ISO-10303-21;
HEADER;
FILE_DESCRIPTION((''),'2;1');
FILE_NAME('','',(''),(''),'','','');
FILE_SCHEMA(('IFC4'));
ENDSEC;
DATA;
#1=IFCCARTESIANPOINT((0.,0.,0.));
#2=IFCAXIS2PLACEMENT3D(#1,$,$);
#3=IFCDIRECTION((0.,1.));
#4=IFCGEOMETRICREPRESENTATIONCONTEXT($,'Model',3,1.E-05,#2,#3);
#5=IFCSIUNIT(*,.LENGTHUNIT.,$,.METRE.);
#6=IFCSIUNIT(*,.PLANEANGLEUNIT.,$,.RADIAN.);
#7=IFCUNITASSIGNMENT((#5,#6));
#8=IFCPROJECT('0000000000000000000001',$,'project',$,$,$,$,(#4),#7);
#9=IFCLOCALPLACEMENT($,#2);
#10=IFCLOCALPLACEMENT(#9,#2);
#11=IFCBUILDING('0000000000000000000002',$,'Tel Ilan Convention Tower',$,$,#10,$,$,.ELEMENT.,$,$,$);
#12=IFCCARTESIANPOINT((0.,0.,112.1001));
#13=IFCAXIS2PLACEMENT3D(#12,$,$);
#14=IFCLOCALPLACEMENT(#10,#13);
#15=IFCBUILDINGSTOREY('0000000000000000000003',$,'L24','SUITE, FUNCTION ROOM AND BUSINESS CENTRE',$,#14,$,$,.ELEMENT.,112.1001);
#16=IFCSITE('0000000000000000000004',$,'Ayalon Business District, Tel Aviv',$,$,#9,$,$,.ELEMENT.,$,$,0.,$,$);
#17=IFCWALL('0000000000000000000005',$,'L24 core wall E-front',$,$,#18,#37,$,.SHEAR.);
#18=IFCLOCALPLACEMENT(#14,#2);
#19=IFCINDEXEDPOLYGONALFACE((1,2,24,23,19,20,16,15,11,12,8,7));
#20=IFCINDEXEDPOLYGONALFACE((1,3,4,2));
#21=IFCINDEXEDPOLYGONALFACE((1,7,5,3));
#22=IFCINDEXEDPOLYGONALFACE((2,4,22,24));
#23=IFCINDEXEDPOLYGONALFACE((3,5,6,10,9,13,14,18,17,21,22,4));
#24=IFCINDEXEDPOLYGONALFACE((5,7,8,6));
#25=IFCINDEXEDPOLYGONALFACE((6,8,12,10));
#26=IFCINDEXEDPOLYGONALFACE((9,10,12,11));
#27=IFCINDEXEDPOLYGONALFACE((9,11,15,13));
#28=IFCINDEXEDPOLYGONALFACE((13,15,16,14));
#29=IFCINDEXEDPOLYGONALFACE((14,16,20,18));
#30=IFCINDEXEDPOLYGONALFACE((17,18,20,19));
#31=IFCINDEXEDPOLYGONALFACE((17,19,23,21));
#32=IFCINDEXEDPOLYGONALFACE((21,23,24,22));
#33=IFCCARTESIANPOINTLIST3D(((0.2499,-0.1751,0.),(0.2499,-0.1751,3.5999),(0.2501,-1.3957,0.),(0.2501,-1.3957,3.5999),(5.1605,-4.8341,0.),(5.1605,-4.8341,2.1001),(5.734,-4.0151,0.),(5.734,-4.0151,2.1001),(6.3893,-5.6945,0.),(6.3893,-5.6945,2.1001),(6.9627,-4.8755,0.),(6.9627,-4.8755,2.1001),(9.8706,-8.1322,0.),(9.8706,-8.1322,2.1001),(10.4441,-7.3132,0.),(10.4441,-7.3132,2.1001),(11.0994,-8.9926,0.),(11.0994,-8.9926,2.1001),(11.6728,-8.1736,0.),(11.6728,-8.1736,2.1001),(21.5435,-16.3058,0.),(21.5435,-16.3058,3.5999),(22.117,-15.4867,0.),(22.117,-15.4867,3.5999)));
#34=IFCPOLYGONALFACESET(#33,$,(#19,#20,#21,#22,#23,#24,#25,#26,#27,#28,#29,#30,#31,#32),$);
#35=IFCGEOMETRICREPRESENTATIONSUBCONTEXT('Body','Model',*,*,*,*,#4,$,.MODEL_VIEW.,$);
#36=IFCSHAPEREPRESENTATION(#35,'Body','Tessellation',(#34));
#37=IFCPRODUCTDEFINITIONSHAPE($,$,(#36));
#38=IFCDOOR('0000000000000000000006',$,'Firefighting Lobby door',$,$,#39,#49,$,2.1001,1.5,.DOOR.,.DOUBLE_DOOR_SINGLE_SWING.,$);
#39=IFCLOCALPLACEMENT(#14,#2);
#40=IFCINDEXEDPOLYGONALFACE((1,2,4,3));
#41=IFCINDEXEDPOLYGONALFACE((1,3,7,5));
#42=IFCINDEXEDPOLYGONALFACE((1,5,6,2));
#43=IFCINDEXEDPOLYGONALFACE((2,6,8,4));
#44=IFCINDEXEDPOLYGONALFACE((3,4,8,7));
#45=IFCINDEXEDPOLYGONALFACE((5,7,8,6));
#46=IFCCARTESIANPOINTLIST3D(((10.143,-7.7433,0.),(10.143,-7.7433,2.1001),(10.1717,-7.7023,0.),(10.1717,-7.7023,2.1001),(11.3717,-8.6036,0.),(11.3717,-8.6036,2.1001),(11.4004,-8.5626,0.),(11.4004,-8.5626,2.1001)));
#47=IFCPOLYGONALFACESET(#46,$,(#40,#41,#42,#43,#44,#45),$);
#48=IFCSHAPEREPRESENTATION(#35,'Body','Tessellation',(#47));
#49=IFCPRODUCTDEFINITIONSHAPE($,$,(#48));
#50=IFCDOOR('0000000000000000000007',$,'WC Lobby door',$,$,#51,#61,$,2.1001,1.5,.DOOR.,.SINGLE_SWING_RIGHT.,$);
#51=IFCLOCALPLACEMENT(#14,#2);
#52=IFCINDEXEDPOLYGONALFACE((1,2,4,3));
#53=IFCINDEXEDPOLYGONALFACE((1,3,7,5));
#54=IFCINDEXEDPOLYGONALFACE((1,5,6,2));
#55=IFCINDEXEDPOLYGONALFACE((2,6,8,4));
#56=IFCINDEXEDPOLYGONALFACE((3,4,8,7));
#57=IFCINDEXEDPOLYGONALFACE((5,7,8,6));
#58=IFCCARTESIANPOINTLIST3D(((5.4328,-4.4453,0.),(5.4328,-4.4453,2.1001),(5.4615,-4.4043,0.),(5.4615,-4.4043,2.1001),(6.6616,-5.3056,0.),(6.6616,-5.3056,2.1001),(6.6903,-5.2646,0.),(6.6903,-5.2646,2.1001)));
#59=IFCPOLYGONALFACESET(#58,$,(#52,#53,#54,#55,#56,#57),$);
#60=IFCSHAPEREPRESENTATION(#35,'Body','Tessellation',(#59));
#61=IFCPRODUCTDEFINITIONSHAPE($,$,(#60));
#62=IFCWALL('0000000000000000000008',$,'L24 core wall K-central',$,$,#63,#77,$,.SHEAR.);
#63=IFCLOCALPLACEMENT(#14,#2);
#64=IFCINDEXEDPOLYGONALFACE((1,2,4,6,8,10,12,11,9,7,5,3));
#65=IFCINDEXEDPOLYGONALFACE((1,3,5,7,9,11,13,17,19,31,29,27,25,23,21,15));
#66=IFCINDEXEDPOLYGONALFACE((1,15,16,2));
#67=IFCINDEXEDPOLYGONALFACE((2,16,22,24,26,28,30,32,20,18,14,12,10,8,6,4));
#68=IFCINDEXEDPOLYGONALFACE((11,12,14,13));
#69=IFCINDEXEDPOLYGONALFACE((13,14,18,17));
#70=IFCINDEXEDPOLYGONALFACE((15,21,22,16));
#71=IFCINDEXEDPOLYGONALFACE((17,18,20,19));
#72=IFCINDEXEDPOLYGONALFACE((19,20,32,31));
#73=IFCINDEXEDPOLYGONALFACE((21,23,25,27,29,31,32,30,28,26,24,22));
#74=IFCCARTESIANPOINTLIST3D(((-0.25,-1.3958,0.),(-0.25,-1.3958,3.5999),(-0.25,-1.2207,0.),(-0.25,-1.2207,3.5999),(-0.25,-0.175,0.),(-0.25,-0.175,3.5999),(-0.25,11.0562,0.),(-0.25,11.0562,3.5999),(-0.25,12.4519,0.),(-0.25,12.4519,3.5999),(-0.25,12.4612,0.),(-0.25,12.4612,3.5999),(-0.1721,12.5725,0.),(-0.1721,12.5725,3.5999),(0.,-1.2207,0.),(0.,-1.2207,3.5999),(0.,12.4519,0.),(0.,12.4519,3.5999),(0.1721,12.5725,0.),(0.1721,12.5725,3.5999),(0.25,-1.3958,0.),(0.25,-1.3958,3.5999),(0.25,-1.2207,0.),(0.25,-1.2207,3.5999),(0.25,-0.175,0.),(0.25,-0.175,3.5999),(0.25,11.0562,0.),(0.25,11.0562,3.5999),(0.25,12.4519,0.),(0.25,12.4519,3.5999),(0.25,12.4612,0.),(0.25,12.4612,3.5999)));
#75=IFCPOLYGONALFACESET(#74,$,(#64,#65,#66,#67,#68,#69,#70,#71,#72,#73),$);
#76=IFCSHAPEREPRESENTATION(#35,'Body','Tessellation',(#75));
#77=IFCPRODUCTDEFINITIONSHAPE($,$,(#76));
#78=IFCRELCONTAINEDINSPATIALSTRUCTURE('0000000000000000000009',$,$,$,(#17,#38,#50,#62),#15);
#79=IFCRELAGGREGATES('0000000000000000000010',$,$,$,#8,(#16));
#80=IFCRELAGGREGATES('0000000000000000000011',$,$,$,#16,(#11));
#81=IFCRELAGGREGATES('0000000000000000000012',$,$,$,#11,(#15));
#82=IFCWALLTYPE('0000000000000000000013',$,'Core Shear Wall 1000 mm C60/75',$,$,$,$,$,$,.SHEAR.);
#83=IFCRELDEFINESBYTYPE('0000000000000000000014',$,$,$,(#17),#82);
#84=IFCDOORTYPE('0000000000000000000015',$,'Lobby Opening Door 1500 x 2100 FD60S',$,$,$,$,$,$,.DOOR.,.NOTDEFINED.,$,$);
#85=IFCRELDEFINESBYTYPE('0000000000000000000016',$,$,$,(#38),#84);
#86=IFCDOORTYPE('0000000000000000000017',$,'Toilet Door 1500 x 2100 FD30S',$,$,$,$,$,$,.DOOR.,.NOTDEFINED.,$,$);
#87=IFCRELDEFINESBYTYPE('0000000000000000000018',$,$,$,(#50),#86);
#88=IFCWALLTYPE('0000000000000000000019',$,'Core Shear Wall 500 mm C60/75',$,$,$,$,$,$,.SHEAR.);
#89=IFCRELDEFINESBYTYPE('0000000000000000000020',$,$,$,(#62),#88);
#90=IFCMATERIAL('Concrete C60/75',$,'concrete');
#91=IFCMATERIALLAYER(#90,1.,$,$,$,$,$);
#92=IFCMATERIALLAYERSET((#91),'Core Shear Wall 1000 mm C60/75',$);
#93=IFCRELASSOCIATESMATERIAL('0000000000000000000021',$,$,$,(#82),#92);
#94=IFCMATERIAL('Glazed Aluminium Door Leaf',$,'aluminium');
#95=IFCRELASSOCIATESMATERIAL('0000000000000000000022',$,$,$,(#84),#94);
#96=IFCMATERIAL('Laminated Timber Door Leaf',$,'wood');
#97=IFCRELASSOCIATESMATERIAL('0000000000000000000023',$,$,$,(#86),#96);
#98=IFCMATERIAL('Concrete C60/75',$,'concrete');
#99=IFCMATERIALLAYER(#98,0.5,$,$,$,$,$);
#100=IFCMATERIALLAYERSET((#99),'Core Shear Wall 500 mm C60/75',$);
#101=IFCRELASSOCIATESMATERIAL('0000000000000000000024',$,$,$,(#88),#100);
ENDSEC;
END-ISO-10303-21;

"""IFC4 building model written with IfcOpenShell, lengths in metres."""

from ifc_helpers import new_model, si_unit, direction, frame, frame_2d, origin, place, context, subcontext, project, spatial, polyline, rectangle, outline, extrude, material, layer, layer_set, type_object, element, fill, save


model = new_model("IFC4")

# Units and contexts
model_context = context("Model", 3, precision=1e-05, world=origin(), true_north=direction((0.0, 1.0)))
body_context = subcontext(model_context, "Body", "Model", "MODEL_VIEW")
ifc_project = project(units=[si_unit("LENGTHUNIT", "METRE"), si_unit("PLANEANGLEUNIT", "RADIAN")], contexts=[model_context])

# Site, building, storey
site_placement = place(None, origin())
site = spatial("IfcSite", under=ifc_project, at=site_placement, Name="Ayalon Business District, Tel Aviv", CompositionType="ELEMENT", RefElevation=0.0)
building_placement = place(site_placement, origin())
building = spatial("IfcBuilding", under=site, at=building_placement, Name="Tel Ilan Convention Tower", CompositionType="ELEMENT")
storey_placement = place(building_placement, frame((0.0, 0.0, 112.1001)))
storey = spatial("IfcBuildingStorey", under=building, at=storey_placement, Name="L24", Description="SUITE, FUNCTION ROOM AND BUSINESS CENTRE", CompositionType="ELEMENT", Elevation=112.1001)

# Wall, openings, doors
ifc_material_1 = material(Name="Concrete C60/75", Category="concrete")
ifc_layer_1 = layer(ifc_material_1, 1.0)
ifc_layer_set_1 = layer_set([ifc_layer_1], Name="Core Shear Wall 1000 mm C60/75")
wall_type_1 = type_object("IfcWallType", Name="Core Shear Wall 1000 mm C60/75", PredefinedType="SHEAR", material=ifc_layer_set_1)
wall_1_placement = place(storey_placement, frame((-0.0369, -0.5847, 0.0), z_axis=(0.0, 0.0, 1.0), x_axis=(0.819157, -0.573569, 0.0)))
wall_1 = element("IfcWall", 1, at=wall_1_placement, inside=storey, type_object=wall_type_1, Name="L24 core wall E-front", PredefinedType="SHEAR", context=body_context, shape_type="SweptSolid", body=[
    extrude(outline(polyline([(26.6948, 0.4998), (0.0, 0.5), (0.7002, -0.4998), (26.6948, -0.5002), (26.6948, 0.4998)])), origin(), (0.0, 0.0, 1.0), 3.5999),
])
opening_1_placement = place(wall_1_placement, frame((6.6948, 0.0, 0.0)))
opening_1 = element("IfcOpeningElement", 2, at=opening_1_placement, cuts=wall_1, PredefinedType="OPENING", context=body_context, shape_type="SweptSolid", body=[
    extrude(rectangle(XDim=1.5, YDim=2.1001, at=frame_2d((0.75, 1.05))), frame((0.0, 0.51, 0.0), z_axis=(0.0, -1.0, 0.0), x_axis=(1.0, 0.0, 0.0)), (0.0, 0.0, 1.0), 1.02),
])
opening_2_placement = place(wall_1_placement, frame((12.4448, 0.0, 0.0)))
opening_2 = element("IfcOpeningElement", 3, at=opening_2_placement, cuts=wall_1, PredefinedType="OPENING", context=body_context, shape_type="SweptSolid", body=[
    extrude(rectangle(XDim=1.5, YDim=2.1001, at=frame_2d((0.75, 1.05))), frame((0.0, 0.51, 0.0), z_axis=(0.0, -1.0, 0.0), x_axis=(1.0, 0.0, 0.0)), (0.0, 0.0, 1.0), 1.02),
])
ifc_material_2 = material(Name="Glazed Aluminium Door Leaf", Category="aluminium")
door_type_1 = type_object("IfcDoorType", Name="Lobby Opening Door 1500 x 2100 FD60S", OperationType="NOTDEFINED", PredefinedType="DOOR", material=ifc_material_2)
door_1_placement = place(opening_2_placement, origin())
door_1 = element("IfcDoor", 4, at=door_1_placement, inside=storey, type_object=door_type_1, Name="Firefighting Lobby door", OperationType="DOUBLE_DOOR_SINGLE_SWING", OverallHeight=2.1001, OverallWidth=1.5, PredefinedType="DOOR", context=body_context, shape_type="SweptSolid", body=[
    extrude(rectangle(XDim=1.5, YDim=2.1001, at=frame_2d((0.75, 1.05))), frame((0.0, 0.0249, 0.0), z_axis=(0.0, -1.0, 0.0), x_axis=(1.0, 0.0, 0.0)), (0.0, 0.0, 1.0), 0.05),
])
fill(opening_2, door_1)
ifc_material_3 = material(Name="Laminated Timber Door Leaf", Category="wood")
door_type_2 = type_object("IfcDoorType", Name="Toilet Door 1500 x 2100 FD30S", OperationType="NOTDEFINED", PredefinedType="DOOR", material=ifc_material_3)
door_2_placement = place(opening_1_placement, origin())
door_2 = element("IfcDoor", 5, at=door_2_placement, inside=storey, type_object=door_type_2, Name="WC Lobby door", OperationType="SINGLE_SWING_RIGHT", OverallHeight=2.1001, OverallWidth=1.5, PredefinedType="DOOR", context=body_context, shape_type="SweptSolid", body=[
    extrude(rectangle(XDim=1.5, YDim=2.1001, at=frame_2d((0.75, 1.05))), frame((0.0, 0.0249, 0.0), z_axis=(0.0, -1.0, 0.0), x_axis=(1.0, 0.0, 0.0)), (0.0, 0.0, 1.0), 0.05),
])
fill(opening_1, door_2)

# Wall
ifc_material_4 = material(Name="Concrete C60/75", Category="concrete")
ifc_layer_2 = layer(ifc_material_4, 0.5)
ifc_layer_set_2 = layer_set([ifc_layer_2], Name="Core Shear Wall 500 mm C60/75")
wall_type_2 = type_object("IfcWallType", Name="Core Shear Wall 500 mm C60/75", PredefinedType="SHEAR", material=ifc_layer_set_2)
wall_2_placement = place(storey_placement, frame((0.0, -1.3958, 0.0), z_axis=(0.0, 0.0, 1.0), x_axis=(0.0, 1.0, 0.0)))
element("IfcWall", 6, at=wall_2_placement, inside=storey, type_object=wall_type_2, Name="L24 core wall K-central", PredefinedType="SHEAR", context=body_context, shape_type="SweptSolid", body=[
    extrude(outline(polyline([(0.0, -0.25), (0.175, -0.25), (1.2207, -0.25), (12.4519, -0.25), (13.8477, -0.25), (13.8569, -0.25), (13.9683, -0.1721), (13.8477, 0.0), (13.9683, 0.1721), (13.8569, 0.25), (13.8477, 0.25), (12.4519, 0.25), (1.2207, 0.25), (0.175, 0.25), (0.0, 0.25), (0.175, 0.0), (0.0, -0.25)])), origin(), (0.0, 0.0, 1.0), 3.5999),
])

save(model, "model.ifc")
